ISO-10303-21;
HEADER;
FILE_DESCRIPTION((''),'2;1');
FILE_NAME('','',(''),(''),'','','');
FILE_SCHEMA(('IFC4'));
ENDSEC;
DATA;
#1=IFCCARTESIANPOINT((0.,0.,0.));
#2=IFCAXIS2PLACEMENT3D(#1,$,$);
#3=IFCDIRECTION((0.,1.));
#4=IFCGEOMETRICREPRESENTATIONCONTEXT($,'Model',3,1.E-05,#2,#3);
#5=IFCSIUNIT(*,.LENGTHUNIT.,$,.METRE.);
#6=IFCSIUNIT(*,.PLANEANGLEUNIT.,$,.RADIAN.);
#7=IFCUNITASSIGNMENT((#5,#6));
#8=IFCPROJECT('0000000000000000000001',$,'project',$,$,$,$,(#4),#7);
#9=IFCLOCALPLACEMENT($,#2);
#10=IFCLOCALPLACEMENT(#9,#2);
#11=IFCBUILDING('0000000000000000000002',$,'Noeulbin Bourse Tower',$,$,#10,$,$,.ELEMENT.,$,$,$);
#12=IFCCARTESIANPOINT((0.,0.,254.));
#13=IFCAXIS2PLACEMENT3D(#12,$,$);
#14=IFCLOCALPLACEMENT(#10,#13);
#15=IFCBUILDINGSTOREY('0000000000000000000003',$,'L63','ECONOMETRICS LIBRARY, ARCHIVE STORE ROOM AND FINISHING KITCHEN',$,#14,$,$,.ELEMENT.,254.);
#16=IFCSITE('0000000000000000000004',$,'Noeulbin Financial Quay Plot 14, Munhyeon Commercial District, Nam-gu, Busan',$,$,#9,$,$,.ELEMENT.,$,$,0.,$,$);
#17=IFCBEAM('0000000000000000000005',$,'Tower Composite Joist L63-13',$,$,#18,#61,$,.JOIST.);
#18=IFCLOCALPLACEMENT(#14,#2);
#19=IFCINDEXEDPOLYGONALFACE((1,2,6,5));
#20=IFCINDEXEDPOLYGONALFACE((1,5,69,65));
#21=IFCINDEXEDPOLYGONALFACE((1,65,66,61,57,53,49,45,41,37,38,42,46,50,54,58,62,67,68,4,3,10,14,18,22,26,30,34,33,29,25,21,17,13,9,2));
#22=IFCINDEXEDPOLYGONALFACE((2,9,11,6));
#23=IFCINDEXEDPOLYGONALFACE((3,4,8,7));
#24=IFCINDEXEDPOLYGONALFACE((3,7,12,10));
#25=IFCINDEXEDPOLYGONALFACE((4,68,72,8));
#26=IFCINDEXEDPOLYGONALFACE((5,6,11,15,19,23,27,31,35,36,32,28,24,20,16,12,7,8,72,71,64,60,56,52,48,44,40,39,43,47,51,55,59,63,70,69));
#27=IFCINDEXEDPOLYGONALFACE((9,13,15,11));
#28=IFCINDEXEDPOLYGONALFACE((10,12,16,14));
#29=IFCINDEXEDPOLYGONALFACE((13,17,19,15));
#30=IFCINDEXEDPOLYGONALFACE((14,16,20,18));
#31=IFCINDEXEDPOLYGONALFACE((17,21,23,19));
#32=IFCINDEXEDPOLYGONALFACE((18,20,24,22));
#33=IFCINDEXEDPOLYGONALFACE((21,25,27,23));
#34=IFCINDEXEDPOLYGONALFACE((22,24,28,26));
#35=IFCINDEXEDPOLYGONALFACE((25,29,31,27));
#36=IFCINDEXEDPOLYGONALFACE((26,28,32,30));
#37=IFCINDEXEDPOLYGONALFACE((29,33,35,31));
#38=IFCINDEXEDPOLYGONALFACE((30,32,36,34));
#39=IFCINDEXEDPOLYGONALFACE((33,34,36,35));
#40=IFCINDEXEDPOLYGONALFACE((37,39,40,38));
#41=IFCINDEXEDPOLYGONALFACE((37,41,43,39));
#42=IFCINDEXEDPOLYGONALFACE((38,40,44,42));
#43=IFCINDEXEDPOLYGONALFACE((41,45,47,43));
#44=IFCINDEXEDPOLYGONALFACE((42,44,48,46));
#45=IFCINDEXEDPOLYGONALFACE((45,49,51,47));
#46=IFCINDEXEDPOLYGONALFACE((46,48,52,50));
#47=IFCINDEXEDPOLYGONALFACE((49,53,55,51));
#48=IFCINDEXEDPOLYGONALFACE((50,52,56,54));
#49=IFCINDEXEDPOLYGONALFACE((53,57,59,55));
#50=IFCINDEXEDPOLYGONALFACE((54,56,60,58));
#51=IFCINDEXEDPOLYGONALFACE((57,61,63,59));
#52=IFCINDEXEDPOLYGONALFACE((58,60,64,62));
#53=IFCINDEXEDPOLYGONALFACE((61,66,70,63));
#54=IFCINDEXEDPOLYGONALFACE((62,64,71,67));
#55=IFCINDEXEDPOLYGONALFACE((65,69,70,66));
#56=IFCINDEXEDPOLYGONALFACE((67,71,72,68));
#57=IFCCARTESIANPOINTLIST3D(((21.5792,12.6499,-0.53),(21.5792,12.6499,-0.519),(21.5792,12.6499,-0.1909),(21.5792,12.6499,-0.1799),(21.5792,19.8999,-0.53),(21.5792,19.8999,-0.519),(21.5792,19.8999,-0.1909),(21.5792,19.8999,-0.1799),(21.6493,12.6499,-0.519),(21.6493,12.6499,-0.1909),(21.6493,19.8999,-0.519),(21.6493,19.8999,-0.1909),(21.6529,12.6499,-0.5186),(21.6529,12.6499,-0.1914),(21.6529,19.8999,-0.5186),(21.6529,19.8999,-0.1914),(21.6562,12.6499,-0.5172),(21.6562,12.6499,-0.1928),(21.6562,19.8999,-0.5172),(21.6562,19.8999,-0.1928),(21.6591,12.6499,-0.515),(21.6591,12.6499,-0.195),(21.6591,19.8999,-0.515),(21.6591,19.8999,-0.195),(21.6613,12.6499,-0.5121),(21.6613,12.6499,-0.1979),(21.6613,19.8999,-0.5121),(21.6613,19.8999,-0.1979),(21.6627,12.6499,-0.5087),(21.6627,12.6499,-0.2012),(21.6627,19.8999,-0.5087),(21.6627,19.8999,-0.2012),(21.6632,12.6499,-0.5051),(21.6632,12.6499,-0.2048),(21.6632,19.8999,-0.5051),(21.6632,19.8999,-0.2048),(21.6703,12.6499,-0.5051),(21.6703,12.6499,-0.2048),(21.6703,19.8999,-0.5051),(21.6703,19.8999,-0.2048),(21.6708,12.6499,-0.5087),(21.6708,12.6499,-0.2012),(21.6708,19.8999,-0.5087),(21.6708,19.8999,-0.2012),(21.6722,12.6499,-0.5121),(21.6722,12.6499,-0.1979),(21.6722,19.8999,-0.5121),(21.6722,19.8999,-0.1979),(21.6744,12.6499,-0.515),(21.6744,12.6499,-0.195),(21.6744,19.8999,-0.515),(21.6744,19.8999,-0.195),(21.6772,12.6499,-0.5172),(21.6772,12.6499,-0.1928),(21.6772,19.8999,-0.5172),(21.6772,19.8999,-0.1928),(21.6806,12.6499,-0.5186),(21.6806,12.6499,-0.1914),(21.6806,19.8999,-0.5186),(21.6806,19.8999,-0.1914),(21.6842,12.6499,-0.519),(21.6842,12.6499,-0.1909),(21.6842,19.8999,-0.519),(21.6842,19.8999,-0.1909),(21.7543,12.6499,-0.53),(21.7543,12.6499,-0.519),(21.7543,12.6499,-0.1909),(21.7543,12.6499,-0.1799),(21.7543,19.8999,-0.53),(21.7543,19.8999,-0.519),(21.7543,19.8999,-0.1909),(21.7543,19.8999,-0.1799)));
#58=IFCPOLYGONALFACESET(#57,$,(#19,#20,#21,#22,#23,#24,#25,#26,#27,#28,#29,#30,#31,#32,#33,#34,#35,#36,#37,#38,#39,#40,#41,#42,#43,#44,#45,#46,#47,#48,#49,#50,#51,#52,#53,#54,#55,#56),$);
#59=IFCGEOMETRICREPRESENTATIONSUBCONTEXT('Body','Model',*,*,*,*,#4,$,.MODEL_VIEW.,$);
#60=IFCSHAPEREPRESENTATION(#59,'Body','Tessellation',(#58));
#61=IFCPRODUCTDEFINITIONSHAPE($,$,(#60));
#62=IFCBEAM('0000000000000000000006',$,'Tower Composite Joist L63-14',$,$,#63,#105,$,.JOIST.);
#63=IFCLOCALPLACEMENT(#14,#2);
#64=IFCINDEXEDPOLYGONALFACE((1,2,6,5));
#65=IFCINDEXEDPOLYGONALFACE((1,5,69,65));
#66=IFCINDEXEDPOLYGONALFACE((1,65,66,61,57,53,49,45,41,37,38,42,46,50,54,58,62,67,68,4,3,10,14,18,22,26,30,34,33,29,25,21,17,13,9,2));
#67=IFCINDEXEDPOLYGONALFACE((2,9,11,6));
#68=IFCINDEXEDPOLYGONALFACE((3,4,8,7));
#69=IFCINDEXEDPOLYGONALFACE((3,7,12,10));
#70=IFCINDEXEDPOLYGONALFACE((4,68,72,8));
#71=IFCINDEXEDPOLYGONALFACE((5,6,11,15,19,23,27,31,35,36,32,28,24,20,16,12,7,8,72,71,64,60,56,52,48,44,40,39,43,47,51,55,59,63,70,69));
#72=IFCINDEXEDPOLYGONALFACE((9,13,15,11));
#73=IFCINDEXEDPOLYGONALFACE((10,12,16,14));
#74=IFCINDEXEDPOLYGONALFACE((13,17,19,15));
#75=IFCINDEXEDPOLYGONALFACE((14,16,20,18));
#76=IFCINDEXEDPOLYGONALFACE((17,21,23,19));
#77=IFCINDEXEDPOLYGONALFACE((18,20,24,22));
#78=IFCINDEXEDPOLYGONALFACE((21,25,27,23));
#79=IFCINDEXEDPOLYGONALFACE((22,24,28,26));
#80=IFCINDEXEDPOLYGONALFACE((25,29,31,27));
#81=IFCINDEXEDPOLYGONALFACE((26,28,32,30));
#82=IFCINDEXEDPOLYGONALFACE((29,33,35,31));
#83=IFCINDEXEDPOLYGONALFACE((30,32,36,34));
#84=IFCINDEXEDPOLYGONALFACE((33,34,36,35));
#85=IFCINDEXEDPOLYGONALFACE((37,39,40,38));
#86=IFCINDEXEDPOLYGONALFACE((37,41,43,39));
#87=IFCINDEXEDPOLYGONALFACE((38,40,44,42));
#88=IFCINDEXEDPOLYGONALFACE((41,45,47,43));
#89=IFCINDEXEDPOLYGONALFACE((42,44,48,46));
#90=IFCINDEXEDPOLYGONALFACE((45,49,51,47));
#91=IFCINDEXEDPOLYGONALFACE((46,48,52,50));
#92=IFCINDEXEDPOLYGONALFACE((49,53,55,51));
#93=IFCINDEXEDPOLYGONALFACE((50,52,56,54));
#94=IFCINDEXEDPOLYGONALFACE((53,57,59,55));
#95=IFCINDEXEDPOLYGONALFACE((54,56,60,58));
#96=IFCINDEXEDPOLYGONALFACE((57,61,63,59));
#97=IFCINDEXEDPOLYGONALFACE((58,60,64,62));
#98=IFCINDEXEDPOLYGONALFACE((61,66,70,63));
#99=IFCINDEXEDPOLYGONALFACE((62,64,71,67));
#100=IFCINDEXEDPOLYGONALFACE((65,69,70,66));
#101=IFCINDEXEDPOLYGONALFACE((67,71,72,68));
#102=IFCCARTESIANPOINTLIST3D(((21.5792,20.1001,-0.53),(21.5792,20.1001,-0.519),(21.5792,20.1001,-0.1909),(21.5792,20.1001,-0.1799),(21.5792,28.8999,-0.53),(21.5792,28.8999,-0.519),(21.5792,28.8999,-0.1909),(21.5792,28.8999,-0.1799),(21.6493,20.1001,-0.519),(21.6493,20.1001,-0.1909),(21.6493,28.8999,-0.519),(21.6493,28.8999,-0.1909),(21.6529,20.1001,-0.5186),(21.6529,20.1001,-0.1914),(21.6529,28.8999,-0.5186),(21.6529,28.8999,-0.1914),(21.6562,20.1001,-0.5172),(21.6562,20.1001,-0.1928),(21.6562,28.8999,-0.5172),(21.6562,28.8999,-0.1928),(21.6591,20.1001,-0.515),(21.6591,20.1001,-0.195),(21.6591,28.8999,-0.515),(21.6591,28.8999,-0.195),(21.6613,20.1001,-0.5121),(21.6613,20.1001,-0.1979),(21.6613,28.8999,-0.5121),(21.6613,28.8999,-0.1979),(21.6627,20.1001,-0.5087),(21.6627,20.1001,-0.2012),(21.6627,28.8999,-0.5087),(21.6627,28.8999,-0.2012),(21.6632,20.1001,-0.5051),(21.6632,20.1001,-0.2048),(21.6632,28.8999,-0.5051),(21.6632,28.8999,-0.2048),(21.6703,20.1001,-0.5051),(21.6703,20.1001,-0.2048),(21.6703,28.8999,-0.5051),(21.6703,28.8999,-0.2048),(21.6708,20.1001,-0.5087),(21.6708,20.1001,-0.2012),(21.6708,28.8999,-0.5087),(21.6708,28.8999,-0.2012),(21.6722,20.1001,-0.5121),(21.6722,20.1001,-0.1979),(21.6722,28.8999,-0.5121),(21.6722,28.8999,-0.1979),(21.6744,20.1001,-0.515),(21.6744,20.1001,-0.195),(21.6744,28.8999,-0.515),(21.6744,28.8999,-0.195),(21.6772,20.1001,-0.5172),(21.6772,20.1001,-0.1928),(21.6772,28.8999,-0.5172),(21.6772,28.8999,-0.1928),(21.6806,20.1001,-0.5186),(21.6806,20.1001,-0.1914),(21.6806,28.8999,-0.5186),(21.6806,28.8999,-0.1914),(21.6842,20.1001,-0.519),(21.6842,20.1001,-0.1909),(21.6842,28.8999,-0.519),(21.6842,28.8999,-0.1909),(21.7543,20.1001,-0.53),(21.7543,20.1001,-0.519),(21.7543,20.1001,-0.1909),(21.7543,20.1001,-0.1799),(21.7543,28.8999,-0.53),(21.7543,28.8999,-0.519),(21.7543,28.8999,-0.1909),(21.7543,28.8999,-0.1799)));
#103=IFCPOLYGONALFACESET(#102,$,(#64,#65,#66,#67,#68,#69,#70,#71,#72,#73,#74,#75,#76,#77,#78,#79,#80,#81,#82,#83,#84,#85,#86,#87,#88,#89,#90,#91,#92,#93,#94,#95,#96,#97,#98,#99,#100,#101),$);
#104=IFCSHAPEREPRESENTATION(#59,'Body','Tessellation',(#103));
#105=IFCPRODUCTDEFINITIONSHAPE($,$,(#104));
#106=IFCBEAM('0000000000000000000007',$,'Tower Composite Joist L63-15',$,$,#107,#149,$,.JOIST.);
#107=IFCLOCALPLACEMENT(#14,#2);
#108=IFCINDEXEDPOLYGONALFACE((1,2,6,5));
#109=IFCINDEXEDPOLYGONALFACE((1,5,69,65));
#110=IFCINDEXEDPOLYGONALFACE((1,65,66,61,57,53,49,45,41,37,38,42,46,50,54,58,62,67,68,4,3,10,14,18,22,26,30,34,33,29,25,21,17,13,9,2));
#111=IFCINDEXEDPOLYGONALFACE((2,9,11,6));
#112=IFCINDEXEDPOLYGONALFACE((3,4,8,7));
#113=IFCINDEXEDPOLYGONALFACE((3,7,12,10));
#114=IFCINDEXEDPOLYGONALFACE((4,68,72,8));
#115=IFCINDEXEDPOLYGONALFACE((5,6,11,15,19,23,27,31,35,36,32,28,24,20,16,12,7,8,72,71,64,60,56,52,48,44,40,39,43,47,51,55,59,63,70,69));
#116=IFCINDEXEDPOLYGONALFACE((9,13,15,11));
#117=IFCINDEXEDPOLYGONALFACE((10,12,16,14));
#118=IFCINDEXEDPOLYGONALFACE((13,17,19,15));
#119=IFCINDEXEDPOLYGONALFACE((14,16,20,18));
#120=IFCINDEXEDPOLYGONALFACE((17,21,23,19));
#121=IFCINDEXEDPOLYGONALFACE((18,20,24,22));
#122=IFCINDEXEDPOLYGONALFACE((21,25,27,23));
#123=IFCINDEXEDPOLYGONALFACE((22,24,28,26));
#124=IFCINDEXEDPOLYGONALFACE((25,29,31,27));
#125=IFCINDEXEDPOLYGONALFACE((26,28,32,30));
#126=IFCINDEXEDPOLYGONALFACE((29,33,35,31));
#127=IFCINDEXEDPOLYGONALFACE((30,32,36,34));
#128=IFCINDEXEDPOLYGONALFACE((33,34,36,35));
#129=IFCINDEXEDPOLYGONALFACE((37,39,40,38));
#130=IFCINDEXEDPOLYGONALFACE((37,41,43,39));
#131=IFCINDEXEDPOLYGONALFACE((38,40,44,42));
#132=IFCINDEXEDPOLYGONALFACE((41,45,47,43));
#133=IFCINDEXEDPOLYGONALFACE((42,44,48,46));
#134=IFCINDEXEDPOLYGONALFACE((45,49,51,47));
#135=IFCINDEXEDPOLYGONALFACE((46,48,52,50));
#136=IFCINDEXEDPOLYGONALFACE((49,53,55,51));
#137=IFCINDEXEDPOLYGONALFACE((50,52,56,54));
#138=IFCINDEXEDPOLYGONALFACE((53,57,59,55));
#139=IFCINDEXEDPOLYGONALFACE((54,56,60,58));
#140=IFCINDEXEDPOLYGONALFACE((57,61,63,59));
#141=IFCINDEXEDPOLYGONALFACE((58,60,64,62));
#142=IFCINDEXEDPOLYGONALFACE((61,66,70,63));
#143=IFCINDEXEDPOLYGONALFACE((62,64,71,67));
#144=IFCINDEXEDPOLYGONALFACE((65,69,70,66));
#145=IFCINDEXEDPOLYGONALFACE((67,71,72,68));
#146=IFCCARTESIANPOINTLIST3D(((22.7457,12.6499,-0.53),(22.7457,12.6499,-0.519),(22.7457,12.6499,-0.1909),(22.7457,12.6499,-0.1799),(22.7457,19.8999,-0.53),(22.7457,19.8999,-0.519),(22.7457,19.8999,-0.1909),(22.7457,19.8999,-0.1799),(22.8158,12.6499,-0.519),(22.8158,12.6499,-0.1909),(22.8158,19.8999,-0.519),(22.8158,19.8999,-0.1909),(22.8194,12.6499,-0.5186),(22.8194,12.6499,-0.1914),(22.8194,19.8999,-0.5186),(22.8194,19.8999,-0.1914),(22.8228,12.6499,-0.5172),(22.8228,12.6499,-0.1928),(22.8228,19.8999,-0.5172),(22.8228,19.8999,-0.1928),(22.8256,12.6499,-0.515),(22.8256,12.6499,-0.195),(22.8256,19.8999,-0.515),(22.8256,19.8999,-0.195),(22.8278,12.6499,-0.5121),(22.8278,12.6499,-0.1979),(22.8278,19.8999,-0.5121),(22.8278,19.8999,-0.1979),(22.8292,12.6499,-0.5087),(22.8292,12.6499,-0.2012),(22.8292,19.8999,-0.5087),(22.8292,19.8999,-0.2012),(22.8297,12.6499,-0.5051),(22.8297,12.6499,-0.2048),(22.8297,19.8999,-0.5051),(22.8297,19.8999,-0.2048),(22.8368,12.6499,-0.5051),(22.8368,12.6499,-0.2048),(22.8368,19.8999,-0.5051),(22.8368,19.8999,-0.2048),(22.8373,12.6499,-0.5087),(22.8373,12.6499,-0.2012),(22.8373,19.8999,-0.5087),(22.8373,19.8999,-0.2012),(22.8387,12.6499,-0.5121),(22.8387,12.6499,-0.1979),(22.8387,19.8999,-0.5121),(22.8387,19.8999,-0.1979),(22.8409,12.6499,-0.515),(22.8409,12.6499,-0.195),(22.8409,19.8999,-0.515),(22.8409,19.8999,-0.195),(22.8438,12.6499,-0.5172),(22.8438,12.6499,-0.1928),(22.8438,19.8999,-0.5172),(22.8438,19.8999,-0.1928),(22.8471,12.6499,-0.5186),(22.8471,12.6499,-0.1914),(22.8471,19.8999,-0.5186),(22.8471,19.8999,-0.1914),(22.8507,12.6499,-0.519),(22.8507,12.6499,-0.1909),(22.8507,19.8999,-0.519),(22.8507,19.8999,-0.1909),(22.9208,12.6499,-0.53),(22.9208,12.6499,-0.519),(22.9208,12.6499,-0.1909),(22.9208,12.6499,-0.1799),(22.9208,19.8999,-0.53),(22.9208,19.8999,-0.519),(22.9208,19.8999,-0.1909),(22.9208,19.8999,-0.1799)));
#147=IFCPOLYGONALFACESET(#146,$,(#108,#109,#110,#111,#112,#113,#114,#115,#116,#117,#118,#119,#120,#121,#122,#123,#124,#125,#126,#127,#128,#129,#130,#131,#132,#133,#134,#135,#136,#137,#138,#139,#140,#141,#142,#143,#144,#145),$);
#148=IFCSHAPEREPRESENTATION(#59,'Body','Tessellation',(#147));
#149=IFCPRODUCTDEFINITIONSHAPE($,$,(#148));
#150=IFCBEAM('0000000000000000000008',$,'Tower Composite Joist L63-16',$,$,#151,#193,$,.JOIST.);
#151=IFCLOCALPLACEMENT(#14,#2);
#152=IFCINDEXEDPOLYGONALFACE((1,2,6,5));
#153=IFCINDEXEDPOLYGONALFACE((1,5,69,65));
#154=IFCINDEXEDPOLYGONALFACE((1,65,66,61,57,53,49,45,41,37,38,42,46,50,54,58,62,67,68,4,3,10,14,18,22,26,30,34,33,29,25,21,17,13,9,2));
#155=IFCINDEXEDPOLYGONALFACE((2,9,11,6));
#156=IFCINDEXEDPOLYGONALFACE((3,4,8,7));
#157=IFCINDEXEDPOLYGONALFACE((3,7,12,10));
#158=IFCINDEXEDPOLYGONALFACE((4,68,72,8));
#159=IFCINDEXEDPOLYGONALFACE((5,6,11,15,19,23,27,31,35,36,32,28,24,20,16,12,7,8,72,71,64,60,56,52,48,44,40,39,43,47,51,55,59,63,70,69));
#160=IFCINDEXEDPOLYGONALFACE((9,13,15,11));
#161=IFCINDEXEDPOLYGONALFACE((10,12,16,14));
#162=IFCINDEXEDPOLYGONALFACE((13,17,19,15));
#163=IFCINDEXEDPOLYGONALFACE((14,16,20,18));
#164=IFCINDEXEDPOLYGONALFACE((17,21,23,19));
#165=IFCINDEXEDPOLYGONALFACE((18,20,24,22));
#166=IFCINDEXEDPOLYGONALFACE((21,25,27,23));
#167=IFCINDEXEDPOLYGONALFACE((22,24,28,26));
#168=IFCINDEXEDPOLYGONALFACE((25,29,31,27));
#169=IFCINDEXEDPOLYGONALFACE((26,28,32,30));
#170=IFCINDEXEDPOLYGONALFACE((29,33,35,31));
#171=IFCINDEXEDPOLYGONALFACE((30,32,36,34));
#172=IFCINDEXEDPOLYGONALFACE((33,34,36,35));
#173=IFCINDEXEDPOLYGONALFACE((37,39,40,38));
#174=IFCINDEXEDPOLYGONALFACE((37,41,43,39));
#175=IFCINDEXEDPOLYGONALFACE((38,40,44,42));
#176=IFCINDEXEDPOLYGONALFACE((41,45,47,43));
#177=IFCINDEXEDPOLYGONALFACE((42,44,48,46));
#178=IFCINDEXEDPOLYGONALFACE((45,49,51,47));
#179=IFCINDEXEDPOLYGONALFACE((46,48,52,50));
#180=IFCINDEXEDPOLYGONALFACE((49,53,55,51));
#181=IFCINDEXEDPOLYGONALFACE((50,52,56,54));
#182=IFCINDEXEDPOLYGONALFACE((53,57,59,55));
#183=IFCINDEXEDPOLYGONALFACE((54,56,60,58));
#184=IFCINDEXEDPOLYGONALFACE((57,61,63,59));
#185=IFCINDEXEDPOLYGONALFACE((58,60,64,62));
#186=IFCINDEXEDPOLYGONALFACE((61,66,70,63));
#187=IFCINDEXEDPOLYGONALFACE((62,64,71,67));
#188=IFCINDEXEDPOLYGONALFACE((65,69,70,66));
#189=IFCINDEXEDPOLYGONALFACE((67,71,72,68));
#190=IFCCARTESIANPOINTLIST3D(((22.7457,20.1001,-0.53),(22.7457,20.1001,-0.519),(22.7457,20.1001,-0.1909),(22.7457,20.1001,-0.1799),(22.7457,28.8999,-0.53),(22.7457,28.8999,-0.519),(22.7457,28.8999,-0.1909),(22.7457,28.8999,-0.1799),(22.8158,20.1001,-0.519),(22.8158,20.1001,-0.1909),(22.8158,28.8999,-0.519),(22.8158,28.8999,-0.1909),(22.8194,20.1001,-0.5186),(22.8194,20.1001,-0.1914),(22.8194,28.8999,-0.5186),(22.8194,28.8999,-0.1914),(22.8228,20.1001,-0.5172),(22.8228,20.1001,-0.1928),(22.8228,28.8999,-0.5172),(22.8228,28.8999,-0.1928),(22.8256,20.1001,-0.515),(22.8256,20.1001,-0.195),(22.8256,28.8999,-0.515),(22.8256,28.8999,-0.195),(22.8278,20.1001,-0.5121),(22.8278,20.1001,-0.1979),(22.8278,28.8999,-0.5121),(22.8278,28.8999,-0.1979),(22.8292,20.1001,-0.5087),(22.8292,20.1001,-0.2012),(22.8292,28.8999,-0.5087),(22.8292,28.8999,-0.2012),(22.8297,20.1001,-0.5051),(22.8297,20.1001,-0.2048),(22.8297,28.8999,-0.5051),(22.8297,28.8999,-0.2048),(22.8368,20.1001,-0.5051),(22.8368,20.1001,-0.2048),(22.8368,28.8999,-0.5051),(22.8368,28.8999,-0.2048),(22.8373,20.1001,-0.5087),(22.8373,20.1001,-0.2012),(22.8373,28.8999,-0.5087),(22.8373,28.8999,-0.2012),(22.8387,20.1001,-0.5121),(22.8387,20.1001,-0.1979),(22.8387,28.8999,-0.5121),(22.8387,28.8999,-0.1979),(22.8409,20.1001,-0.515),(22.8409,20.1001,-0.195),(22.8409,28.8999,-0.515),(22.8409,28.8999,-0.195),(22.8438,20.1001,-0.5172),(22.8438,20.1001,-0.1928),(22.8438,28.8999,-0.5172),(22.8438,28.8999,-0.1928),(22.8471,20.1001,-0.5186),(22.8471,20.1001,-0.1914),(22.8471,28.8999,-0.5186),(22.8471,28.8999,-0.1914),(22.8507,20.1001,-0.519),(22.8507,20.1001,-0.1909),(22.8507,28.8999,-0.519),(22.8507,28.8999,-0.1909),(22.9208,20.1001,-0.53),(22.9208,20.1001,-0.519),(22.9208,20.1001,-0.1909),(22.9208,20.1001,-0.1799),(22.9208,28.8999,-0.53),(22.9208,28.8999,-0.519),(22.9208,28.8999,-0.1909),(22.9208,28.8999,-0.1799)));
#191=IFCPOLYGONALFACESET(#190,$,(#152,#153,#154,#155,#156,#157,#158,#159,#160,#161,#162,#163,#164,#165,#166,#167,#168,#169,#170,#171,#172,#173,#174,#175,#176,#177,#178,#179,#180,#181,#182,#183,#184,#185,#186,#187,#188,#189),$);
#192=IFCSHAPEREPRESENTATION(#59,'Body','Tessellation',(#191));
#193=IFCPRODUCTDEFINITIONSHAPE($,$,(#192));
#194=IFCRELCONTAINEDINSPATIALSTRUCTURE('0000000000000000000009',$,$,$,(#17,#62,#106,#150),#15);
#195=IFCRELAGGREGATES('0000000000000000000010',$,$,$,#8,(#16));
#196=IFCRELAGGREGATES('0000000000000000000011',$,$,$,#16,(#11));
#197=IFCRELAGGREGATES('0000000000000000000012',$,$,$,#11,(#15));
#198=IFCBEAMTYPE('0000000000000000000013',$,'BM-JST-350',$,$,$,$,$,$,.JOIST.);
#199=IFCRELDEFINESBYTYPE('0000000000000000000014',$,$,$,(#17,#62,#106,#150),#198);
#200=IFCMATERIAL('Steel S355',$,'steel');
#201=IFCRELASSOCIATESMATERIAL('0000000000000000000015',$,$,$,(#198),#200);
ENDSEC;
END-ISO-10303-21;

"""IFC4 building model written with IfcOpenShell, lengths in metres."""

from ifc_helpers import new_model, si_unit, direction, frame, origin, origin_2d, place, context, subcontext, project, spatial, i_section, extrude, material, material_profile, profile_set, type_object, element, save


model = new_model("IFC4")

# Units and contexts
model_context = context("Model", 3, precision=1e-05, world=origin(), true_north=direction((0.0, 1.0)))
body_context = subcontext(model_context, "Body", "Model", "MODEL_VIEW")
ifc_project = project(units=[si_unit("LENGTHUNIT", "METRE"), si_unit("PLANEANGLEUNIT", "RADIAN")], contexts=[model_context])

# Site, building, storey
site_placement = place(None, origin())
site = spatial("IfcSite", under=ifc_project, at=site_placement, Name="Noeulbin Financial Quay Plot 14, Munhyeon Commercial District, Nam-gu, Busan", CompositionType="ELEMENT", RefElevation=0.0)
building_placement = place(site_placement, origin())
building = spatial("IfcBuilding", under=site, at=building_placement, Name="Noeulbin Bourse Tower", CompositionType="ELEMENT")
storey_placement = place(building_placement, frame((0.0, 0.0, 254.0)))
storey = spatial("IfcBuildingStorey", under=building, at=storey_placement, Name="L63", Description="ECONOMETRICS LIBRARY, ARCHIVE STORE ROOM AND FINISHING KITCHEN", CompositionType="ELEMENT", Elevation=254.0)

# Shared definitions
ifc_material_1 = material(Name="Steel S355", Category="steel")

# Beams
ifc_material_profile_1 = material_profile(ifc_material_1, i_section(OverallWidth=0.175, OverallDepth=0.3501, WebThickness=0.0071, FlangeThickness=0.011, FilletRadius=0.0139, at=origin_2d()), Name="H-350x175x7x11", Category="LoadBearing")
ifc_profile_set_1 = profile_set([ifc_material_profile_1], Name="Steel S355")
beam_type_1 = type_object("IfcBeamType", Name="BM-JST-350", PredefinedType="JOIST", material=ifc_profile_set_1)
beam_1_placement = place(storey_placement, frame((21.6667, 12.6499, -0.355), z_axis=(0.0, 1.0, 0.0), x_axis=(-1.0, 0.0, 0.0)))
element("IfcBeam", 1, at=beam_1_placement, inside=storey, type_object=beam_type_1, Name="Tower Composite Joist L63-13", PredefinedType="JOIST", context=body_context, shape_type="SweptSolid", body=[
    extrude(i_section(OverallWidth=0.175, OverallDepth=0.3501, WebThickness=0.0071, FlangeThickness=0.011, FilletRadius=0.0139, at=origin_2d()), origin(), (0.0, 0.0, 1.0), 7.25),
])
beam_2_placement = place(storey_placement, frame((21.6667, 20.1001, -0.355), z_axis=(0.0, 1.0, 0.0), x_axis=(-1.0, 0.0, 0.0)))
element("IfcBeam", 2, at=beam_2_placement, inside=storey, type_object=beam_type_1, Name="Tower Composite Joist L63-14", PredefinedType="JOIST", context=body_context, shape_type="SweptSolid", body=[
    extrude(i_section(OverallWidth=0.175, OverallDepth=0.3501, WebThickness=0.0071, FlangeThickness=0.011, FilletRadius=0.0139, at=origin_2d()), origin(), (0.0, 0.0, 1.0), 8.7998),
])
beam_3_placement = place(storey_placement, frame((22.8333, 12.6499, -0.355), z_axis=(0.0, 1.0, 0.0), x_axis=(-1.0, 0.0, 0.0)))
element("IfcBeam", 3, at=beam_3_placement, inside=storey, type_object=beam_type_1, Name="Tower Composite Joist L63-15", PredefinedType="JOIST", context=body_context, shape_type="SweptSolid", body=[
    extrude(i_section(OverallWidth=0.175, OverallDepth=0.3501, WebThickness=0.0071, FlangeThickness=0.011, FilletRadius=0.0139, at=origin_2d()), origin(), (0.0, 0.0, 1.0), 7.25),
])
beam_4_placement = place(storey_placement, frame((22.8333, 20.1001, -0.355), z_axis=(0.0, 1.0, 0.0), x_axis=(-1.0, 0.0, 0.0)))
element("IfcBeam", 4, at=beam_4_placement, inside=storey, type_object=beam_type_1, Name="Tower Composite Joist L63-16", PredefinedType="JOIST", context=body_context, shape_type="SweptSolid", body=[
    extrude(i_section(OverallWidth=0.175, OverallDepth=0.3501, WebThickness=0.0071, FlangeThickness=0.011, FilletRadius=0.0139, at=origin_2d()), origin(), (0.0, 0.0, 1.0), 8.7998),
])

save(model, "model.ifc")
